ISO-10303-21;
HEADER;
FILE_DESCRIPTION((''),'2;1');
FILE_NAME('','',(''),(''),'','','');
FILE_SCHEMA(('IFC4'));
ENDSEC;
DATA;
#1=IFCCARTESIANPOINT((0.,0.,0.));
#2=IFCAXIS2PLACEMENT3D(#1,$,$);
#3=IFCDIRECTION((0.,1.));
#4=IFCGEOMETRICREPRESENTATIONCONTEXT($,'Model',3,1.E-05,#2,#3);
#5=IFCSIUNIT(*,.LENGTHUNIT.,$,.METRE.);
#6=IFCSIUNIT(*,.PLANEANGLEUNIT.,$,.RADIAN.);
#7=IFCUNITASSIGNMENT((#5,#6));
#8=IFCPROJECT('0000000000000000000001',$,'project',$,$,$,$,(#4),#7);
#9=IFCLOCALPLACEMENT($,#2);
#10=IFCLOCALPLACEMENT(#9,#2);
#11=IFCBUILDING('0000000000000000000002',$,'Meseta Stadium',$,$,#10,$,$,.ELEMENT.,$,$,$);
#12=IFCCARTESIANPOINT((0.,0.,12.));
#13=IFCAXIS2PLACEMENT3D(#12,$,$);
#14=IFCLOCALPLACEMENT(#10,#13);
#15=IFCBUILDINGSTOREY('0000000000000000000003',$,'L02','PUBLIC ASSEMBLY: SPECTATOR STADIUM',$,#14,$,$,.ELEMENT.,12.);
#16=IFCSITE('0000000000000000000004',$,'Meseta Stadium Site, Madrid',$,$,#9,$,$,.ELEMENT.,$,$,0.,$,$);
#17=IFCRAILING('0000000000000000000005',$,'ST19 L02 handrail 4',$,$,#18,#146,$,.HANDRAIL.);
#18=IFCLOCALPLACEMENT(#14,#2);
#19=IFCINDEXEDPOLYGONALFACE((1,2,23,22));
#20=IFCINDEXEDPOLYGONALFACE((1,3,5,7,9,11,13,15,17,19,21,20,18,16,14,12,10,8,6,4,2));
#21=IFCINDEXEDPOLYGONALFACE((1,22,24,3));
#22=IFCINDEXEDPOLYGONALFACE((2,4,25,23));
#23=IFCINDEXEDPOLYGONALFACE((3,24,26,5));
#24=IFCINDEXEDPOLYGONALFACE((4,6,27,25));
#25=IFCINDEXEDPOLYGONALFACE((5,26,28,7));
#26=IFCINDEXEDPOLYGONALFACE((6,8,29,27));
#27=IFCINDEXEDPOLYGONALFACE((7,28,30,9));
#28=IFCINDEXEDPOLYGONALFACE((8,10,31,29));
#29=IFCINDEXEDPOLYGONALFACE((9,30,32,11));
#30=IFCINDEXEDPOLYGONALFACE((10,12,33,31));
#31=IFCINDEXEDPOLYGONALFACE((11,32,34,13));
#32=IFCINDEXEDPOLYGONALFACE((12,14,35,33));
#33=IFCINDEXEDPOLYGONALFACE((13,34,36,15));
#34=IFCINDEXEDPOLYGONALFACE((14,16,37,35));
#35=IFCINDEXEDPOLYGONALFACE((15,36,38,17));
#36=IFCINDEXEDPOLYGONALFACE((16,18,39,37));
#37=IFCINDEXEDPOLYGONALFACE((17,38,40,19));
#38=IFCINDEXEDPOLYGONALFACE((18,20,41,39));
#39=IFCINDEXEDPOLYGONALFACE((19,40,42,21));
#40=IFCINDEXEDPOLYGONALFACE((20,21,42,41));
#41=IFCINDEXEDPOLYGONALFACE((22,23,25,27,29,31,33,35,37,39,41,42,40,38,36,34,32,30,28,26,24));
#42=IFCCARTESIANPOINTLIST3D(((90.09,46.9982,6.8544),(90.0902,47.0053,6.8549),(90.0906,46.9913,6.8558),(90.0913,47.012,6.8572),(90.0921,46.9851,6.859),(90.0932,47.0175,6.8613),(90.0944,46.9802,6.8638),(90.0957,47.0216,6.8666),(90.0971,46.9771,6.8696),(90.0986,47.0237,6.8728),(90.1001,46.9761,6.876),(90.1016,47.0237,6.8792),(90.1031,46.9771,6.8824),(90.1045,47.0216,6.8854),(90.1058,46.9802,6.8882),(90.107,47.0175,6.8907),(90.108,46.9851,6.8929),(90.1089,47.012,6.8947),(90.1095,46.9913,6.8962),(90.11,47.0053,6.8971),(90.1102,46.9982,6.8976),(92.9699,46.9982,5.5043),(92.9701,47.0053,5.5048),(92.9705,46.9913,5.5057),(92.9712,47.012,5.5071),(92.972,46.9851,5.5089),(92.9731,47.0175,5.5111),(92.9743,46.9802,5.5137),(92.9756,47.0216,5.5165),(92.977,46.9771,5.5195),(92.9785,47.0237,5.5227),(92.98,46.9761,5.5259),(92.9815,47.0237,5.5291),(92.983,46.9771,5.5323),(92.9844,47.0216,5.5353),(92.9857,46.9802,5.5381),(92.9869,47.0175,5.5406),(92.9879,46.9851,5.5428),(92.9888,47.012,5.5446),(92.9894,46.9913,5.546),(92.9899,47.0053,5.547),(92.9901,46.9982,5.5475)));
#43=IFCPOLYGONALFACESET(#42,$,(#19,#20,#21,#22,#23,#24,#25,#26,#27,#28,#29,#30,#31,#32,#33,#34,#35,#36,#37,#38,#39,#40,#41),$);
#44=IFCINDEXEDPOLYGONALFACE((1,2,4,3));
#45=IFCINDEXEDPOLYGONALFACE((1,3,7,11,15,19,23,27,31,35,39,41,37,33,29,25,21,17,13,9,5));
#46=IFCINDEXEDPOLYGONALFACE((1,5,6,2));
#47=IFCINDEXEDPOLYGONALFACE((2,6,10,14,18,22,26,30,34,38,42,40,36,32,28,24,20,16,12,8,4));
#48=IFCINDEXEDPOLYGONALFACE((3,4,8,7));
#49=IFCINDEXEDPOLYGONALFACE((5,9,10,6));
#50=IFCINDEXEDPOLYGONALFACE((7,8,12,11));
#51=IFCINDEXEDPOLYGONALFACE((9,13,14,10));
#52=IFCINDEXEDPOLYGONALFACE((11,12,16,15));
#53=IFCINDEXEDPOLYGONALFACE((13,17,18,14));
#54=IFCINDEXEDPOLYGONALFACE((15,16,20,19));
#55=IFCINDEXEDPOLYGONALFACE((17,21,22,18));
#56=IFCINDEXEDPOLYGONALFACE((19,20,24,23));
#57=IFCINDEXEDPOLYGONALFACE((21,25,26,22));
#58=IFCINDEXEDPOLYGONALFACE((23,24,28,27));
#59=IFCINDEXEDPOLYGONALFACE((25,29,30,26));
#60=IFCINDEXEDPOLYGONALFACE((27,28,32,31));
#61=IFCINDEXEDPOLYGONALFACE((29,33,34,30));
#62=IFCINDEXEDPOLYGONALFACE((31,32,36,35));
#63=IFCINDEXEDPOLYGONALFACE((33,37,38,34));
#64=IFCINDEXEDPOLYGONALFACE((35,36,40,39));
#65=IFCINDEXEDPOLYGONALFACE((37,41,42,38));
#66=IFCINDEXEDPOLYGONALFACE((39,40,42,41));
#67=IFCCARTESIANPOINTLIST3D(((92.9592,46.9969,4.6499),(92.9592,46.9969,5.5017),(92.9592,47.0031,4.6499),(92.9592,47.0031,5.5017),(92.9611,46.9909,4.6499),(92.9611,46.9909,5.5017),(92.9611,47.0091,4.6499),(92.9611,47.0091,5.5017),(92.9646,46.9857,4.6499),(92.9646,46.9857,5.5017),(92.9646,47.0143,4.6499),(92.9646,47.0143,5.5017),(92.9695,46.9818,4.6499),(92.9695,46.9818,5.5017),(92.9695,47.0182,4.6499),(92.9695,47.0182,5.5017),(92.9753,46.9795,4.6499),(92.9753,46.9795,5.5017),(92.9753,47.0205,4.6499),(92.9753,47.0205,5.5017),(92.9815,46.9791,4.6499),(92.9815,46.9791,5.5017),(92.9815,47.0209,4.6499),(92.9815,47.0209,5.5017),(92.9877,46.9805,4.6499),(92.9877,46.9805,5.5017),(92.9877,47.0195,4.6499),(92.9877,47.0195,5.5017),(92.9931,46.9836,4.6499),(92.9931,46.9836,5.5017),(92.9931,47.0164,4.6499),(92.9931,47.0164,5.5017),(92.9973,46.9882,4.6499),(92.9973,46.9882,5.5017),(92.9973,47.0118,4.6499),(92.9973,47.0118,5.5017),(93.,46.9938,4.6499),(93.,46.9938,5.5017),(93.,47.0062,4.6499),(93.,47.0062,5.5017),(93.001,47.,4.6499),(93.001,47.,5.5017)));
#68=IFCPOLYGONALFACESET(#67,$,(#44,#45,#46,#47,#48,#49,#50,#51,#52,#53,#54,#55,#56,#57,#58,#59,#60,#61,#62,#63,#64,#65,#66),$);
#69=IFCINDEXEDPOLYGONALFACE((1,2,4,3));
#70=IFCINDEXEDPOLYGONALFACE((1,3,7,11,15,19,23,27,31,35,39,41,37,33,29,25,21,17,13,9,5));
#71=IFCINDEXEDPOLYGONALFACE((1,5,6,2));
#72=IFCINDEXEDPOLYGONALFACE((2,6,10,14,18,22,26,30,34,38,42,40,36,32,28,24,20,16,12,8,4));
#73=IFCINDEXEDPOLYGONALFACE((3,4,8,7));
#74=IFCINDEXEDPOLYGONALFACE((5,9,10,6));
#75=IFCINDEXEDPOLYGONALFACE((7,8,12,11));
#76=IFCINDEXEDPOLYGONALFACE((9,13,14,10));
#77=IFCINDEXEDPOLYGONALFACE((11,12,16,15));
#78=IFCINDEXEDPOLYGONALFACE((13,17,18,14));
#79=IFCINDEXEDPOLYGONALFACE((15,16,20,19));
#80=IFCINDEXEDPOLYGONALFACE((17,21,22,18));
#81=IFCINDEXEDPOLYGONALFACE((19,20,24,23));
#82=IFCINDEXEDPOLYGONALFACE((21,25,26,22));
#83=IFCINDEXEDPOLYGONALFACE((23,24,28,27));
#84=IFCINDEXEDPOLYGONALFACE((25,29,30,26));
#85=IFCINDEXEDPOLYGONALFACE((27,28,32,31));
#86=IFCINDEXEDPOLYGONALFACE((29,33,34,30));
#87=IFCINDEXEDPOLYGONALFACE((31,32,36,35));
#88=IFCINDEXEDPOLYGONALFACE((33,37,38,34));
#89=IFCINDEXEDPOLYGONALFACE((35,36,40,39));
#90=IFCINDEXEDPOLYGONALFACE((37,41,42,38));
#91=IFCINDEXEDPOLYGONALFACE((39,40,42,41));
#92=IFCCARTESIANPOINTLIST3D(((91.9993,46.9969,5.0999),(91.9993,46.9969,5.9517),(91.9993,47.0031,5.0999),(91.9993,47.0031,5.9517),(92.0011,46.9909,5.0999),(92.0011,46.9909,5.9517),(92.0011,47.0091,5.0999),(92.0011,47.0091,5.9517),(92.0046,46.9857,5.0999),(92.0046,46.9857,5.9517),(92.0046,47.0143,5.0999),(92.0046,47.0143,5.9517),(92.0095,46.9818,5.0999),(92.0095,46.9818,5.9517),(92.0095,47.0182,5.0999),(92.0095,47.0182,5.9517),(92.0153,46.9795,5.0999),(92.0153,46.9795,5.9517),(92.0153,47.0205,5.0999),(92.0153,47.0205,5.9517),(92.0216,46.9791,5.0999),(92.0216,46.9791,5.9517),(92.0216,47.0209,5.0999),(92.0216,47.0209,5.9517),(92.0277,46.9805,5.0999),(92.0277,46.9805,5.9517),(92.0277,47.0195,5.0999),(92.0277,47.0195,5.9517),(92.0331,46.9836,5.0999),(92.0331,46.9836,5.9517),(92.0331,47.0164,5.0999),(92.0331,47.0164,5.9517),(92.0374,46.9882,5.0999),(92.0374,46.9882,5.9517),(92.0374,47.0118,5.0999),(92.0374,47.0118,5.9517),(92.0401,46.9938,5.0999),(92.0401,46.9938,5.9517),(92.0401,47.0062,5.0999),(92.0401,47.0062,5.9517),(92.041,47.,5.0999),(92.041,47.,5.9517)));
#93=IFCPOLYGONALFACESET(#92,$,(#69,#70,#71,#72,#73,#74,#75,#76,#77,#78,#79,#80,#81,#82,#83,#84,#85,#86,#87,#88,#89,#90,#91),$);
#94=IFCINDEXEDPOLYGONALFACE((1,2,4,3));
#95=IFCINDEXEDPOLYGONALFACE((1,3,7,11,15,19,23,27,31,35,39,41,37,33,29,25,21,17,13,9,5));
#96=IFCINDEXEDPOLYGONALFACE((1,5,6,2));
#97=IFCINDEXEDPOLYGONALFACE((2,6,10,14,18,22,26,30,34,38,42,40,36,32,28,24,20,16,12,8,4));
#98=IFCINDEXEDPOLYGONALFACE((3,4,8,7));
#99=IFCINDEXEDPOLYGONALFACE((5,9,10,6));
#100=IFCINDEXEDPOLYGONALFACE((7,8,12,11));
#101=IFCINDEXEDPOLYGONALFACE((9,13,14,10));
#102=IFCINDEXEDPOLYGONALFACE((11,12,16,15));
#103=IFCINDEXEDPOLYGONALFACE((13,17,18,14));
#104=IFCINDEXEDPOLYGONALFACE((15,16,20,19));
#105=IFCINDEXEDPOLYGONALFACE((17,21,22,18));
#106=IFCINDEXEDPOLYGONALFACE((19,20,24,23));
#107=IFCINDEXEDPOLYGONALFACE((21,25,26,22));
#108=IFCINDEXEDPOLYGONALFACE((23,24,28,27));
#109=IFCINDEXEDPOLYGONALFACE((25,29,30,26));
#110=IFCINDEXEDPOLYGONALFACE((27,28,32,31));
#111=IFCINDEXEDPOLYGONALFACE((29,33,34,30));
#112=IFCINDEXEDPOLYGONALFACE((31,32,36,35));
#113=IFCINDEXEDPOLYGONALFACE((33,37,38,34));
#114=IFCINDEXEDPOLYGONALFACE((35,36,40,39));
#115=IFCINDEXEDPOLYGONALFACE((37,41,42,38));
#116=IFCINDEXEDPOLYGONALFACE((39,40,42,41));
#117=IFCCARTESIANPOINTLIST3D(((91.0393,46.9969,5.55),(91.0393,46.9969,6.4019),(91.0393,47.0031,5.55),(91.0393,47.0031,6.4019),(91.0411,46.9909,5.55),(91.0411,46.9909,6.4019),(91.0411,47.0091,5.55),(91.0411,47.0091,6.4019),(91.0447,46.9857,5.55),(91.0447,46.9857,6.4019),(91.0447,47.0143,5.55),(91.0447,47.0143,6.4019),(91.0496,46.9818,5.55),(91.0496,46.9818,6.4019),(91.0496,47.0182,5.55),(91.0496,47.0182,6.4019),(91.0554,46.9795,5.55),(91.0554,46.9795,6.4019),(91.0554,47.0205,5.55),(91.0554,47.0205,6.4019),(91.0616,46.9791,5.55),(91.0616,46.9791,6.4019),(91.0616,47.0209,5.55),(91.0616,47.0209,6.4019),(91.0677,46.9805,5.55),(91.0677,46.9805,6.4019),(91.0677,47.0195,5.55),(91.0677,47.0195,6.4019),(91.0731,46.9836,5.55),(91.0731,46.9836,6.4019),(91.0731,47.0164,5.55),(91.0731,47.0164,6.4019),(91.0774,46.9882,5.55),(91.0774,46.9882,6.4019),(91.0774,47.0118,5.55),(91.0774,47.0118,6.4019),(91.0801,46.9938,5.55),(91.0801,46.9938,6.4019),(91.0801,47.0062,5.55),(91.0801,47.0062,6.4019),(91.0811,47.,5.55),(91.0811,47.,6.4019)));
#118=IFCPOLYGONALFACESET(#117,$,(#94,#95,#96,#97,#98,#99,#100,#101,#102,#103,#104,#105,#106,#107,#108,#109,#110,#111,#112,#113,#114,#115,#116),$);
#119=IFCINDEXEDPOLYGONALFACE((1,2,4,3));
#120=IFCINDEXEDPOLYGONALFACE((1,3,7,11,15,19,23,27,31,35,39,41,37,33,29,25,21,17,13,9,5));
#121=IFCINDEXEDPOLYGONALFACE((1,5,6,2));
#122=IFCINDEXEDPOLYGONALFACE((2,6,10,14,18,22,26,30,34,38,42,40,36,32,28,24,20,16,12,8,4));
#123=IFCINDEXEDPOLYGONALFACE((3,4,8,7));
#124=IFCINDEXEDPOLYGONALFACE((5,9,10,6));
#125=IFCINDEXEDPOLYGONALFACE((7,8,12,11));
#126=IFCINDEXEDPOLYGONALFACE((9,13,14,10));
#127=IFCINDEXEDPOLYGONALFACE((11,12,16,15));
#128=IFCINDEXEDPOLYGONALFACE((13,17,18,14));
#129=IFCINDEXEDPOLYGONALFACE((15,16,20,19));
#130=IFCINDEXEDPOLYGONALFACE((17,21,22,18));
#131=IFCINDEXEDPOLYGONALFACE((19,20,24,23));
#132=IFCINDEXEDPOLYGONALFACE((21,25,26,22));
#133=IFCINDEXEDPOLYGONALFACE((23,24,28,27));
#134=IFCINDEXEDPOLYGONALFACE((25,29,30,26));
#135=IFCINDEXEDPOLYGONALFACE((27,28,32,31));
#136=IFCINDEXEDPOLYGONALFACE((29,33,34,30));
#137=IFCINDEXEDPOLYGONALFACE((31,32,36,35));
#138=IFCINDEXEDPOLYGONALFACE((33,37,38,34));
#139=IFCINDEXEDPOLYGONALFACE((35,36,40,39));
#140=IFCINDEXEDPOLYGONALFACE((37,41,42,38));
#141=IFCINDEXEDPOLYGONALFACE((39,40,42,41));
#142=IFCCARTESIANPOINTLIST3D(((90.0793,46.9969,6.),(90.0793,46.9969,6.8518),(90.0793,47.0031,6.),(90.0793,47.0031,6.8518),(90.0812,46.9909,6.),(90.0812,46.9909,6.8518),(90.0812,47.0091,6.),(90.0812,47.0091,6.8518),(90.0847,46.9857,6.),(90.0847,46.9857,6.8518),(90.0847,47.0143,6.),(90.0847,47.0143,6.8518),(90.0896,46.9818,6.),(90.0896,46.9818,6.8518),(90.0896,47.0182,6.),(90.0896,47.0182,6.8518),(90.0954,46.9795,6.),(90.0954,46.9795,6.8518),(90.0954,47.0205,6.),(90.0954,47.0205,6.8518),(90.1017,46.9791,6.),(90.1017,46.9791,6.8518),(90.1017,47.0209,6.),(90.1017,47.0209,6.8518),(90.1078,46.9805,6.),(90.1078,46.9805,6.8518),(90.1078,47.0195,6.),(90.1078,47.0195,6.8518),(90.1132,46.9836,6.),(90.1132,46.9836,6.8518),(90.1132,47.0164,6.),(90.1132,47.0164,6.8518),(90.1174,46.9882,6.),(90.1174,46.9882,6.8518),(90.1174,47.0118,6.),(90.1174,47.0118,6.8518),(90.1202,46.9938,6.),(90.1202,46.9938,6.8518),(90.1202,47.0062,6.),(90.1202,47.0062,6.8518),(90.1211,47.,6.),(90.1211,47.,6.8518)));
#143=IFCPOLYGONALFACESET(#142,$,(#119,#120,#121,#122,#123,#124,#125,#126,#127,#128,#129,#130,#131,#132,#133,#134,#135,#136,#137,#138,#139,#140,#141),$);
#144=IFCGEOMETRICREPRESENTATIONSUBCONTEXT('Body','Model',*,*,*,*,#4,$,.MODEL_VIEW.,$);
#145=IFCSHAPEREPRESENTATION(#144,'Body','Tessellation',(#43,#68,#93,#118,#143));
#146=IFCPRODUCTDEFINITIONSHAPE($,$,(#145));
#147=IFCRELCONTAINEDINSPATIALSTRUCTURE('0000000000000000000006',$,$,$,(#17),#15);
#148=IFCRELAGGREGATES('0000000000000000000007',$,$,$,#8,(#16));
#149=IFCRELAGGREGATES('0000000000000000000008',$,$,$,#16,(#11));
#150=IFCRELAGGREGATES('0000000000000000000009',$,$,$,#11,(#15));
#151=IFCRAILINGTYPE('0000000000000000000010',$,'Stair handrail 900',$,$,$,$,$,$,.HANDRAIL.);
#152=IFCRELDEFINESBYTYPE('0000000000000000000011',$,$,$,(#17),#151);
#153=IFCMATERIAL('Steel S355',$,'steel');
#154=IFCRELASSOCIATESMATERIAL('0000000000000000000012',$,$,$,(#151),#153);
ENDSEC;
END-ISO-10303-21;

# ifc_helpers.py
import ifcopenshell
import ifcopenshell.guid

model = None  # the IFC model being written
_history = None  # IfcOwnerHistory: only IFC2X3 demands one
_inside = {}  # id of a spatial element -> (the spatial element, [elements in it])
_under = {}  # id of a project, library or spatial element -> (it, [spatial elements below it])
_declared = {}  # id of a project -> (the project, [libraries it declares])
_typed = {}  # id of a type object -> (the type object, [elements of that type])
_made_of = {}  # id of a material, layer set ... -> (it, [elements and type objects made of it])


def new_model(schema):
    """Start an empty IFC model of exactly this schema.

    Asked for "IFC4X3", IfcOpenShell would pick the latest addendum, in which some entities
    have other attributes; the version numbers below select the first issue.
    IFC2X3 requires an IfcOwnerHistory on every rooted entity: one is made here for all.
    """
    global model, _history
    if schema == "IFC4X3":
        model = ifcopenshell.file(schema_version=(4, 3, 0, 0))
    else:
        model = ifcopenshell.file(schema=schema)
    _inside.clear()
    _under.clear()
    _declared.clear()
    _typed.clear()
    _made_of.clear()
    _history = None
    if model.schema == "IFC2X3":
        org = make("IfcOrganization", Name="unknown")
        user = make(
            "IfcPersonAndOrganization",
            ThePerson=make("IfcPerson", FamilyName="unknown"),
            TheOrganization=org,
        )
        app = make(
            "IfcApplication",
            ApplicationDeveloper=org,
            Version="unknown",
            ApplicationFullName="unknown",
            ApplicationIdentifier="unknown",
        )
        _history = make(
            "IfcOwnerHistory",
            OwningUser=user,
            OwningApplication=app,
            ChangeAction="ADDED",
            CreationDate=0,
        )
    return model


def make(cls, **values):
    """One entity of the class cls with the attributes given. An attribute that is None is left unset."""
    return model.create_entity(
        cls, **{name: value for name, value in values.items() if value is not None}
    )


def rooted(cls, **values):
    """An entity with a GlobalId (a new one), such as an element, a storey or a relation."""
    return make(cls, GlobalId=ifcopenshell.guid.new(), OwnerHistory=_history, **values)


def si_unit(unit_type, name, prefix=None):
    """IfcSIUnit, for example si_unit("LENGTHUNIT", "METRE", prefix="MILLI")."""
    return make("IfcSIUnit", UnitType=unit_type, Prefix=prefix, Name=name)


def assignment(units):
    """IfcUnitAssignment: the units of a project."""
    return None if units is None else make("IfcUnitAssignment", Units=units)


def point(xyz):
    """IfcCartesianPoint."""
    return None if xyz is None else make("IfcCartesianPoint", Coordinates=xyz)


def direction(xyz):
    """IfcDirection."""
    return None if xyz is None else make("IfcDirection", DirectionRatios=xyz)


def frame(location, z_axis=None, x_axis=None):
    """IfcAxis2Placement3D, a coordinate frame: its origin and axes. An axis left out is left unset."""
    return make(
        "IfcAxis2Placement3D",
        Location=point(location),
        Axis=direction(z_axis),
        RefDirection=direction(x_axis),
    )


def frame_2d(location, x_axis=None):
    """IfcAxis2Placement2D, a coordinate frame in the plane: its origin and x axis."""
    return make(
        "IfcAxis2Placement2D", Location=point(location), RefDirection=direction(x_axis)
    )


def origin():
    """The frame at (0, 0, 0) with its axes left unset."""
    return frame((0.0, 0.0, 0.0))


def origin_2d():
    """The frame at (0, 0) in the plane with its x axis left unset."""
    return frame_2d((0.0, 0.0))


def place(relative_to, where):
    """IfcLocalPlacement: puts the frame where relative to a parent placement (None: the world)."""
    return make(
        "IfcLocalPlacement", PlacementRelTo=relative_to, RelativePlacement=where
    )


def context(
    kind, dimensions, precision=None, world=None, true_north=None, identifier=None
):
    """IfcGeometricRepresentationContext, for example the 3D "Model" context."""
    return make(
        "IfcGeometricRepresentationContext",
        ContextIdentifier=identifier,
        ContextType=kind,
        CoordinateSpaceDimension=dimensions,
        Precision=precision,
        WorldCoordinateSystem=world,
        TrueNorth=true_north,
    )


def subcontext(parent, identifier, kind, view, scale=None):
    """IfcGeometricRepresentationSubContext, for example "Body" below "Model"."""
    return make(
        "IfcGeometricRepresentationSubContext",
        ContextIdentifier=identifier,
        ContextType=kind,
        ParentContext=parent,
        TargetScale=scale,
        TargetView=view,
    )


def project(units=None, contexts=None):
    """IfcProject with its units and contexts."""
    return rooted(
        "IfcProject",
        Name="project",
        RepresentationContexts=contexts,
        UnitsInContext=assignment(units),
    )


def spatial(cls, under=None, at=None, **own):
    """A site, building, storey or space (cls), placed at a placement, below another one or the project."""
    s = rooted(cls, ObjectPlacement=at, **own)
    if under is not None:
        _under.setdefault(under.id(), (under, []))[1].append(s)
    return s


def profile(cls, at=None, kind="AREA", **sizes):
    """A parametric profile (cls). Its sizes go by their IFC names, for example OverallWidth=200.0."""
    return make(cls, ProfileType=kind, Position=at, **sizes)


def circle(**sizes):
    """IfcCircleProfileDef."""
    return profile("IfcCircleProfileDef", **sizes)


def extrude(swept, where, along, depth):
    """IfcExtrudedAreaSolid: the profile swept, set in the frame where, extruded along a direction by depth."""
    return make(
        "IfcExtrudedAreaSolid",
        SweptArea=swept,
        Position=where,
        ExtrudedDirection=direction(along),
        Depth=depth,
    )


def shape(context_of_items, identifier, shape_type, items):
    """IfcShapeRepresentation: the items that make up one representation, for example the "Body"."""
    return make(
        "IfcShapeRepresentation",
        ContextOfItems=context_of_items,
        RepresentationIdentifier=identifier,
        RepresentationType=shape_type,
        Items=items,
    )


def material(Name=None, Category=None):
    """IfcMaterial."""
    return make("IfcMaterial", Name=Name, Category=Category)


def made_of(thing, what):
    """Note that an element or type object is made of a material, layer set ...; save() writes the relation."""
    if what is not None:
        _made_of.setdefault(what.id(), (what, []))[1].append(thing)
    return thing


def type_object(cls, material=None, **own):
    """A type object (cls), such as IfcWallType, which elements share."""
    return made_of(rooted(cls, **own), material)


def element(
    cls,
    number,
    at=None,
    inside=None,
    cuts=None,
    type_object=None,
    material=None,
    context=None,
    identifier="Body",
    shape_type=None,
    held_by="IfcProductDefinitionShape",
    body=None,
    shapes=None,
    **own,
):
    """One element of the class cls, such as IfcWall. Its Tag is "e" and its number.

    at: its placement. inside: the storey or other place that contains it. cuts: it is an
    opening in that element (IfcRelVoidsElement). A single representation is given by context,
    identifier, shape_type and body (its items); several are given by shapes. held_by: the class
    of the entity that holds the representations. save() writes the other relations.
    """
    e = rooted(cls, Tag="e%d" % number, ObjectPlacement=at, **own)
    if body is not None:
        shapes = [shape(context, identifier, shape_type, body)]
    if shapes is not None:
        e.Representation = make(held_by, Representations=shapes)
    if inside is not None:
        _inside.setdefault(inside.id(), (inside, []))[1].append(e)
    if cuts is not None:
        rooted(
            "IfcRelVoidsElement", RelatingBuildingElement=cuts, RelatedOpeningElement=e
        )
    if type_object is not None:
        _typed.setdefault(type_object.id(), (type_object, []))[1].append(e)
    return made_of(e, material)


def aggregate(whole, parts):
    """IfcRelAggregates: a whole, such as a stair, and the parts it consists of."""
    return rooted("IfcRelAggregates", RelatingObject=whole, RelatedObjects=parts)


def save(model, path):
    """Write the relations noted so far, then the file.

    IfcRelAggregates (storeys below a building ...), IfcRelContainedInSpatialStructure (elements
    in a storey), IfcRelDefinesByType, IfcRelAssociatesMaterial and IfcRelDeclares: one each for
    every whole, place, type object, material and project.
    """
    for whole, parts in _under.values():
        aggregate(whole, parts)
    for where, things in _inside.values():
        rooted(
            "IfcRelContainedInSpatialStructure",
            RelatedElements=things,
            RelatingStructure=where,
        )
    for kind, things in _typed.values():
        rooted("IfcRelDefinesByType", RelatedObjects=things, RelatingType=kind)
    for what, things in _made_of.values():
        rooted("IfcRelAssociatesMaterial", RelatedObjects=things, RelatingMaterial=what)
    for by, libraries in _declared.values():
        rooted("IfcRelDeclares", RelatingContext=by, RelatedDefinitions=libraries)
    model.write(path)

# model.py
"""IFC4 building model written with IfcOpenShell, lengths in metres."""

from ifc_helpers import new_model, si_unit, direction, frame, origin, origin_2d, place, context, subcontext, project, spatial, circle, extrude, material, type_object, element, save


model = new_model("IFC4")

# Units and contexts
model_context = context("Model", 3, precision=1e-05, world=origin(), true_north=direction((0.0, 1.0)))
body_context = subcontext(model_context, "Body", "Model", "MODEL_VIEW")
ifc_project = project(units=[si_unit("LENGTHUNIT", "METRE"), si_unit("PLANEANGLEUNIT", "RADIAN")], contexts=[model_context])

# Site, building, storey
site_placement = place(None, origin())
site = spatial("IfcSite", under=ifc_project, at=site_placement, Name="Meseta Stadium Site, Madrid", CompositionType="ELEMENT", RefElevation=0.0)
building_placement = place(site_placement, origin())
building = spatial("IfcBuilding", under=site, at=building_placement, Name="Meseta Stadium", CompositionType="ELEMENT")
storey_placement = place(building_placement, frame((0.0, 0.0, 12.0)))
storey = spatial("IfcBuildingStorey", under=building, at=storey_placement, Name="L02", Description="PUBLIC ASSEMBLY: SPECTATOR STADIUM", CompositionType="ELEMENT", Elevation=12.0)

# Railing
ifc_material_1 = material(Name="Steel S355", Category="steel")
railing_type_1 = type_object("IfcRailingType", Name="Stair handrail 900", PredefinedType="HANDRAIL", material=ifc_material_1)
railing_1_placement = place(storey_placement, frame((92.98, 47.0, 4.6499)))
element("IfcRailing", 1, at=railing_1_placement, inside=storey, type_object=railing_type_1, Name="ST19 L02 handrail 4", PredefinedType="HANDRAIL", context=body_context, shape_type="SweptSolid", body=[
    extrude(circle(Radius=0.0239, at=origin_2d()), frame((0.0, 0.0, 0.876), z_axis=(-0.90544, 0.0, 0.424473), x_axis=(0.0, -1.0, 0.0)), (0.0, 0.0, 1.0), 3.1807),
    extrude(circle(Radius=0.021, at=origin_2d()), origin(), (0.0, 0.0, 1.0), 0.8518),
    extrude(circle(Radius=0.021, at=origin_2d()), frame((-0.96, 0.0, 0.45)), (0.0, 0.0, 1.0), 0.8518),
    extrude(circle(Radius=0.021, at=origin_2d()), frame((-1.9199, 0.0, 0.9001)), (0.0, 0.0, 1.0), 0.8518),
    extrude(circle(Radius=0.021, at=origin_2d()), frame((-2.8799, 0.0, 1.3501)), (0.0, 0.0, 1.0), 0.8518),
])

save(model, "model.ifc")
